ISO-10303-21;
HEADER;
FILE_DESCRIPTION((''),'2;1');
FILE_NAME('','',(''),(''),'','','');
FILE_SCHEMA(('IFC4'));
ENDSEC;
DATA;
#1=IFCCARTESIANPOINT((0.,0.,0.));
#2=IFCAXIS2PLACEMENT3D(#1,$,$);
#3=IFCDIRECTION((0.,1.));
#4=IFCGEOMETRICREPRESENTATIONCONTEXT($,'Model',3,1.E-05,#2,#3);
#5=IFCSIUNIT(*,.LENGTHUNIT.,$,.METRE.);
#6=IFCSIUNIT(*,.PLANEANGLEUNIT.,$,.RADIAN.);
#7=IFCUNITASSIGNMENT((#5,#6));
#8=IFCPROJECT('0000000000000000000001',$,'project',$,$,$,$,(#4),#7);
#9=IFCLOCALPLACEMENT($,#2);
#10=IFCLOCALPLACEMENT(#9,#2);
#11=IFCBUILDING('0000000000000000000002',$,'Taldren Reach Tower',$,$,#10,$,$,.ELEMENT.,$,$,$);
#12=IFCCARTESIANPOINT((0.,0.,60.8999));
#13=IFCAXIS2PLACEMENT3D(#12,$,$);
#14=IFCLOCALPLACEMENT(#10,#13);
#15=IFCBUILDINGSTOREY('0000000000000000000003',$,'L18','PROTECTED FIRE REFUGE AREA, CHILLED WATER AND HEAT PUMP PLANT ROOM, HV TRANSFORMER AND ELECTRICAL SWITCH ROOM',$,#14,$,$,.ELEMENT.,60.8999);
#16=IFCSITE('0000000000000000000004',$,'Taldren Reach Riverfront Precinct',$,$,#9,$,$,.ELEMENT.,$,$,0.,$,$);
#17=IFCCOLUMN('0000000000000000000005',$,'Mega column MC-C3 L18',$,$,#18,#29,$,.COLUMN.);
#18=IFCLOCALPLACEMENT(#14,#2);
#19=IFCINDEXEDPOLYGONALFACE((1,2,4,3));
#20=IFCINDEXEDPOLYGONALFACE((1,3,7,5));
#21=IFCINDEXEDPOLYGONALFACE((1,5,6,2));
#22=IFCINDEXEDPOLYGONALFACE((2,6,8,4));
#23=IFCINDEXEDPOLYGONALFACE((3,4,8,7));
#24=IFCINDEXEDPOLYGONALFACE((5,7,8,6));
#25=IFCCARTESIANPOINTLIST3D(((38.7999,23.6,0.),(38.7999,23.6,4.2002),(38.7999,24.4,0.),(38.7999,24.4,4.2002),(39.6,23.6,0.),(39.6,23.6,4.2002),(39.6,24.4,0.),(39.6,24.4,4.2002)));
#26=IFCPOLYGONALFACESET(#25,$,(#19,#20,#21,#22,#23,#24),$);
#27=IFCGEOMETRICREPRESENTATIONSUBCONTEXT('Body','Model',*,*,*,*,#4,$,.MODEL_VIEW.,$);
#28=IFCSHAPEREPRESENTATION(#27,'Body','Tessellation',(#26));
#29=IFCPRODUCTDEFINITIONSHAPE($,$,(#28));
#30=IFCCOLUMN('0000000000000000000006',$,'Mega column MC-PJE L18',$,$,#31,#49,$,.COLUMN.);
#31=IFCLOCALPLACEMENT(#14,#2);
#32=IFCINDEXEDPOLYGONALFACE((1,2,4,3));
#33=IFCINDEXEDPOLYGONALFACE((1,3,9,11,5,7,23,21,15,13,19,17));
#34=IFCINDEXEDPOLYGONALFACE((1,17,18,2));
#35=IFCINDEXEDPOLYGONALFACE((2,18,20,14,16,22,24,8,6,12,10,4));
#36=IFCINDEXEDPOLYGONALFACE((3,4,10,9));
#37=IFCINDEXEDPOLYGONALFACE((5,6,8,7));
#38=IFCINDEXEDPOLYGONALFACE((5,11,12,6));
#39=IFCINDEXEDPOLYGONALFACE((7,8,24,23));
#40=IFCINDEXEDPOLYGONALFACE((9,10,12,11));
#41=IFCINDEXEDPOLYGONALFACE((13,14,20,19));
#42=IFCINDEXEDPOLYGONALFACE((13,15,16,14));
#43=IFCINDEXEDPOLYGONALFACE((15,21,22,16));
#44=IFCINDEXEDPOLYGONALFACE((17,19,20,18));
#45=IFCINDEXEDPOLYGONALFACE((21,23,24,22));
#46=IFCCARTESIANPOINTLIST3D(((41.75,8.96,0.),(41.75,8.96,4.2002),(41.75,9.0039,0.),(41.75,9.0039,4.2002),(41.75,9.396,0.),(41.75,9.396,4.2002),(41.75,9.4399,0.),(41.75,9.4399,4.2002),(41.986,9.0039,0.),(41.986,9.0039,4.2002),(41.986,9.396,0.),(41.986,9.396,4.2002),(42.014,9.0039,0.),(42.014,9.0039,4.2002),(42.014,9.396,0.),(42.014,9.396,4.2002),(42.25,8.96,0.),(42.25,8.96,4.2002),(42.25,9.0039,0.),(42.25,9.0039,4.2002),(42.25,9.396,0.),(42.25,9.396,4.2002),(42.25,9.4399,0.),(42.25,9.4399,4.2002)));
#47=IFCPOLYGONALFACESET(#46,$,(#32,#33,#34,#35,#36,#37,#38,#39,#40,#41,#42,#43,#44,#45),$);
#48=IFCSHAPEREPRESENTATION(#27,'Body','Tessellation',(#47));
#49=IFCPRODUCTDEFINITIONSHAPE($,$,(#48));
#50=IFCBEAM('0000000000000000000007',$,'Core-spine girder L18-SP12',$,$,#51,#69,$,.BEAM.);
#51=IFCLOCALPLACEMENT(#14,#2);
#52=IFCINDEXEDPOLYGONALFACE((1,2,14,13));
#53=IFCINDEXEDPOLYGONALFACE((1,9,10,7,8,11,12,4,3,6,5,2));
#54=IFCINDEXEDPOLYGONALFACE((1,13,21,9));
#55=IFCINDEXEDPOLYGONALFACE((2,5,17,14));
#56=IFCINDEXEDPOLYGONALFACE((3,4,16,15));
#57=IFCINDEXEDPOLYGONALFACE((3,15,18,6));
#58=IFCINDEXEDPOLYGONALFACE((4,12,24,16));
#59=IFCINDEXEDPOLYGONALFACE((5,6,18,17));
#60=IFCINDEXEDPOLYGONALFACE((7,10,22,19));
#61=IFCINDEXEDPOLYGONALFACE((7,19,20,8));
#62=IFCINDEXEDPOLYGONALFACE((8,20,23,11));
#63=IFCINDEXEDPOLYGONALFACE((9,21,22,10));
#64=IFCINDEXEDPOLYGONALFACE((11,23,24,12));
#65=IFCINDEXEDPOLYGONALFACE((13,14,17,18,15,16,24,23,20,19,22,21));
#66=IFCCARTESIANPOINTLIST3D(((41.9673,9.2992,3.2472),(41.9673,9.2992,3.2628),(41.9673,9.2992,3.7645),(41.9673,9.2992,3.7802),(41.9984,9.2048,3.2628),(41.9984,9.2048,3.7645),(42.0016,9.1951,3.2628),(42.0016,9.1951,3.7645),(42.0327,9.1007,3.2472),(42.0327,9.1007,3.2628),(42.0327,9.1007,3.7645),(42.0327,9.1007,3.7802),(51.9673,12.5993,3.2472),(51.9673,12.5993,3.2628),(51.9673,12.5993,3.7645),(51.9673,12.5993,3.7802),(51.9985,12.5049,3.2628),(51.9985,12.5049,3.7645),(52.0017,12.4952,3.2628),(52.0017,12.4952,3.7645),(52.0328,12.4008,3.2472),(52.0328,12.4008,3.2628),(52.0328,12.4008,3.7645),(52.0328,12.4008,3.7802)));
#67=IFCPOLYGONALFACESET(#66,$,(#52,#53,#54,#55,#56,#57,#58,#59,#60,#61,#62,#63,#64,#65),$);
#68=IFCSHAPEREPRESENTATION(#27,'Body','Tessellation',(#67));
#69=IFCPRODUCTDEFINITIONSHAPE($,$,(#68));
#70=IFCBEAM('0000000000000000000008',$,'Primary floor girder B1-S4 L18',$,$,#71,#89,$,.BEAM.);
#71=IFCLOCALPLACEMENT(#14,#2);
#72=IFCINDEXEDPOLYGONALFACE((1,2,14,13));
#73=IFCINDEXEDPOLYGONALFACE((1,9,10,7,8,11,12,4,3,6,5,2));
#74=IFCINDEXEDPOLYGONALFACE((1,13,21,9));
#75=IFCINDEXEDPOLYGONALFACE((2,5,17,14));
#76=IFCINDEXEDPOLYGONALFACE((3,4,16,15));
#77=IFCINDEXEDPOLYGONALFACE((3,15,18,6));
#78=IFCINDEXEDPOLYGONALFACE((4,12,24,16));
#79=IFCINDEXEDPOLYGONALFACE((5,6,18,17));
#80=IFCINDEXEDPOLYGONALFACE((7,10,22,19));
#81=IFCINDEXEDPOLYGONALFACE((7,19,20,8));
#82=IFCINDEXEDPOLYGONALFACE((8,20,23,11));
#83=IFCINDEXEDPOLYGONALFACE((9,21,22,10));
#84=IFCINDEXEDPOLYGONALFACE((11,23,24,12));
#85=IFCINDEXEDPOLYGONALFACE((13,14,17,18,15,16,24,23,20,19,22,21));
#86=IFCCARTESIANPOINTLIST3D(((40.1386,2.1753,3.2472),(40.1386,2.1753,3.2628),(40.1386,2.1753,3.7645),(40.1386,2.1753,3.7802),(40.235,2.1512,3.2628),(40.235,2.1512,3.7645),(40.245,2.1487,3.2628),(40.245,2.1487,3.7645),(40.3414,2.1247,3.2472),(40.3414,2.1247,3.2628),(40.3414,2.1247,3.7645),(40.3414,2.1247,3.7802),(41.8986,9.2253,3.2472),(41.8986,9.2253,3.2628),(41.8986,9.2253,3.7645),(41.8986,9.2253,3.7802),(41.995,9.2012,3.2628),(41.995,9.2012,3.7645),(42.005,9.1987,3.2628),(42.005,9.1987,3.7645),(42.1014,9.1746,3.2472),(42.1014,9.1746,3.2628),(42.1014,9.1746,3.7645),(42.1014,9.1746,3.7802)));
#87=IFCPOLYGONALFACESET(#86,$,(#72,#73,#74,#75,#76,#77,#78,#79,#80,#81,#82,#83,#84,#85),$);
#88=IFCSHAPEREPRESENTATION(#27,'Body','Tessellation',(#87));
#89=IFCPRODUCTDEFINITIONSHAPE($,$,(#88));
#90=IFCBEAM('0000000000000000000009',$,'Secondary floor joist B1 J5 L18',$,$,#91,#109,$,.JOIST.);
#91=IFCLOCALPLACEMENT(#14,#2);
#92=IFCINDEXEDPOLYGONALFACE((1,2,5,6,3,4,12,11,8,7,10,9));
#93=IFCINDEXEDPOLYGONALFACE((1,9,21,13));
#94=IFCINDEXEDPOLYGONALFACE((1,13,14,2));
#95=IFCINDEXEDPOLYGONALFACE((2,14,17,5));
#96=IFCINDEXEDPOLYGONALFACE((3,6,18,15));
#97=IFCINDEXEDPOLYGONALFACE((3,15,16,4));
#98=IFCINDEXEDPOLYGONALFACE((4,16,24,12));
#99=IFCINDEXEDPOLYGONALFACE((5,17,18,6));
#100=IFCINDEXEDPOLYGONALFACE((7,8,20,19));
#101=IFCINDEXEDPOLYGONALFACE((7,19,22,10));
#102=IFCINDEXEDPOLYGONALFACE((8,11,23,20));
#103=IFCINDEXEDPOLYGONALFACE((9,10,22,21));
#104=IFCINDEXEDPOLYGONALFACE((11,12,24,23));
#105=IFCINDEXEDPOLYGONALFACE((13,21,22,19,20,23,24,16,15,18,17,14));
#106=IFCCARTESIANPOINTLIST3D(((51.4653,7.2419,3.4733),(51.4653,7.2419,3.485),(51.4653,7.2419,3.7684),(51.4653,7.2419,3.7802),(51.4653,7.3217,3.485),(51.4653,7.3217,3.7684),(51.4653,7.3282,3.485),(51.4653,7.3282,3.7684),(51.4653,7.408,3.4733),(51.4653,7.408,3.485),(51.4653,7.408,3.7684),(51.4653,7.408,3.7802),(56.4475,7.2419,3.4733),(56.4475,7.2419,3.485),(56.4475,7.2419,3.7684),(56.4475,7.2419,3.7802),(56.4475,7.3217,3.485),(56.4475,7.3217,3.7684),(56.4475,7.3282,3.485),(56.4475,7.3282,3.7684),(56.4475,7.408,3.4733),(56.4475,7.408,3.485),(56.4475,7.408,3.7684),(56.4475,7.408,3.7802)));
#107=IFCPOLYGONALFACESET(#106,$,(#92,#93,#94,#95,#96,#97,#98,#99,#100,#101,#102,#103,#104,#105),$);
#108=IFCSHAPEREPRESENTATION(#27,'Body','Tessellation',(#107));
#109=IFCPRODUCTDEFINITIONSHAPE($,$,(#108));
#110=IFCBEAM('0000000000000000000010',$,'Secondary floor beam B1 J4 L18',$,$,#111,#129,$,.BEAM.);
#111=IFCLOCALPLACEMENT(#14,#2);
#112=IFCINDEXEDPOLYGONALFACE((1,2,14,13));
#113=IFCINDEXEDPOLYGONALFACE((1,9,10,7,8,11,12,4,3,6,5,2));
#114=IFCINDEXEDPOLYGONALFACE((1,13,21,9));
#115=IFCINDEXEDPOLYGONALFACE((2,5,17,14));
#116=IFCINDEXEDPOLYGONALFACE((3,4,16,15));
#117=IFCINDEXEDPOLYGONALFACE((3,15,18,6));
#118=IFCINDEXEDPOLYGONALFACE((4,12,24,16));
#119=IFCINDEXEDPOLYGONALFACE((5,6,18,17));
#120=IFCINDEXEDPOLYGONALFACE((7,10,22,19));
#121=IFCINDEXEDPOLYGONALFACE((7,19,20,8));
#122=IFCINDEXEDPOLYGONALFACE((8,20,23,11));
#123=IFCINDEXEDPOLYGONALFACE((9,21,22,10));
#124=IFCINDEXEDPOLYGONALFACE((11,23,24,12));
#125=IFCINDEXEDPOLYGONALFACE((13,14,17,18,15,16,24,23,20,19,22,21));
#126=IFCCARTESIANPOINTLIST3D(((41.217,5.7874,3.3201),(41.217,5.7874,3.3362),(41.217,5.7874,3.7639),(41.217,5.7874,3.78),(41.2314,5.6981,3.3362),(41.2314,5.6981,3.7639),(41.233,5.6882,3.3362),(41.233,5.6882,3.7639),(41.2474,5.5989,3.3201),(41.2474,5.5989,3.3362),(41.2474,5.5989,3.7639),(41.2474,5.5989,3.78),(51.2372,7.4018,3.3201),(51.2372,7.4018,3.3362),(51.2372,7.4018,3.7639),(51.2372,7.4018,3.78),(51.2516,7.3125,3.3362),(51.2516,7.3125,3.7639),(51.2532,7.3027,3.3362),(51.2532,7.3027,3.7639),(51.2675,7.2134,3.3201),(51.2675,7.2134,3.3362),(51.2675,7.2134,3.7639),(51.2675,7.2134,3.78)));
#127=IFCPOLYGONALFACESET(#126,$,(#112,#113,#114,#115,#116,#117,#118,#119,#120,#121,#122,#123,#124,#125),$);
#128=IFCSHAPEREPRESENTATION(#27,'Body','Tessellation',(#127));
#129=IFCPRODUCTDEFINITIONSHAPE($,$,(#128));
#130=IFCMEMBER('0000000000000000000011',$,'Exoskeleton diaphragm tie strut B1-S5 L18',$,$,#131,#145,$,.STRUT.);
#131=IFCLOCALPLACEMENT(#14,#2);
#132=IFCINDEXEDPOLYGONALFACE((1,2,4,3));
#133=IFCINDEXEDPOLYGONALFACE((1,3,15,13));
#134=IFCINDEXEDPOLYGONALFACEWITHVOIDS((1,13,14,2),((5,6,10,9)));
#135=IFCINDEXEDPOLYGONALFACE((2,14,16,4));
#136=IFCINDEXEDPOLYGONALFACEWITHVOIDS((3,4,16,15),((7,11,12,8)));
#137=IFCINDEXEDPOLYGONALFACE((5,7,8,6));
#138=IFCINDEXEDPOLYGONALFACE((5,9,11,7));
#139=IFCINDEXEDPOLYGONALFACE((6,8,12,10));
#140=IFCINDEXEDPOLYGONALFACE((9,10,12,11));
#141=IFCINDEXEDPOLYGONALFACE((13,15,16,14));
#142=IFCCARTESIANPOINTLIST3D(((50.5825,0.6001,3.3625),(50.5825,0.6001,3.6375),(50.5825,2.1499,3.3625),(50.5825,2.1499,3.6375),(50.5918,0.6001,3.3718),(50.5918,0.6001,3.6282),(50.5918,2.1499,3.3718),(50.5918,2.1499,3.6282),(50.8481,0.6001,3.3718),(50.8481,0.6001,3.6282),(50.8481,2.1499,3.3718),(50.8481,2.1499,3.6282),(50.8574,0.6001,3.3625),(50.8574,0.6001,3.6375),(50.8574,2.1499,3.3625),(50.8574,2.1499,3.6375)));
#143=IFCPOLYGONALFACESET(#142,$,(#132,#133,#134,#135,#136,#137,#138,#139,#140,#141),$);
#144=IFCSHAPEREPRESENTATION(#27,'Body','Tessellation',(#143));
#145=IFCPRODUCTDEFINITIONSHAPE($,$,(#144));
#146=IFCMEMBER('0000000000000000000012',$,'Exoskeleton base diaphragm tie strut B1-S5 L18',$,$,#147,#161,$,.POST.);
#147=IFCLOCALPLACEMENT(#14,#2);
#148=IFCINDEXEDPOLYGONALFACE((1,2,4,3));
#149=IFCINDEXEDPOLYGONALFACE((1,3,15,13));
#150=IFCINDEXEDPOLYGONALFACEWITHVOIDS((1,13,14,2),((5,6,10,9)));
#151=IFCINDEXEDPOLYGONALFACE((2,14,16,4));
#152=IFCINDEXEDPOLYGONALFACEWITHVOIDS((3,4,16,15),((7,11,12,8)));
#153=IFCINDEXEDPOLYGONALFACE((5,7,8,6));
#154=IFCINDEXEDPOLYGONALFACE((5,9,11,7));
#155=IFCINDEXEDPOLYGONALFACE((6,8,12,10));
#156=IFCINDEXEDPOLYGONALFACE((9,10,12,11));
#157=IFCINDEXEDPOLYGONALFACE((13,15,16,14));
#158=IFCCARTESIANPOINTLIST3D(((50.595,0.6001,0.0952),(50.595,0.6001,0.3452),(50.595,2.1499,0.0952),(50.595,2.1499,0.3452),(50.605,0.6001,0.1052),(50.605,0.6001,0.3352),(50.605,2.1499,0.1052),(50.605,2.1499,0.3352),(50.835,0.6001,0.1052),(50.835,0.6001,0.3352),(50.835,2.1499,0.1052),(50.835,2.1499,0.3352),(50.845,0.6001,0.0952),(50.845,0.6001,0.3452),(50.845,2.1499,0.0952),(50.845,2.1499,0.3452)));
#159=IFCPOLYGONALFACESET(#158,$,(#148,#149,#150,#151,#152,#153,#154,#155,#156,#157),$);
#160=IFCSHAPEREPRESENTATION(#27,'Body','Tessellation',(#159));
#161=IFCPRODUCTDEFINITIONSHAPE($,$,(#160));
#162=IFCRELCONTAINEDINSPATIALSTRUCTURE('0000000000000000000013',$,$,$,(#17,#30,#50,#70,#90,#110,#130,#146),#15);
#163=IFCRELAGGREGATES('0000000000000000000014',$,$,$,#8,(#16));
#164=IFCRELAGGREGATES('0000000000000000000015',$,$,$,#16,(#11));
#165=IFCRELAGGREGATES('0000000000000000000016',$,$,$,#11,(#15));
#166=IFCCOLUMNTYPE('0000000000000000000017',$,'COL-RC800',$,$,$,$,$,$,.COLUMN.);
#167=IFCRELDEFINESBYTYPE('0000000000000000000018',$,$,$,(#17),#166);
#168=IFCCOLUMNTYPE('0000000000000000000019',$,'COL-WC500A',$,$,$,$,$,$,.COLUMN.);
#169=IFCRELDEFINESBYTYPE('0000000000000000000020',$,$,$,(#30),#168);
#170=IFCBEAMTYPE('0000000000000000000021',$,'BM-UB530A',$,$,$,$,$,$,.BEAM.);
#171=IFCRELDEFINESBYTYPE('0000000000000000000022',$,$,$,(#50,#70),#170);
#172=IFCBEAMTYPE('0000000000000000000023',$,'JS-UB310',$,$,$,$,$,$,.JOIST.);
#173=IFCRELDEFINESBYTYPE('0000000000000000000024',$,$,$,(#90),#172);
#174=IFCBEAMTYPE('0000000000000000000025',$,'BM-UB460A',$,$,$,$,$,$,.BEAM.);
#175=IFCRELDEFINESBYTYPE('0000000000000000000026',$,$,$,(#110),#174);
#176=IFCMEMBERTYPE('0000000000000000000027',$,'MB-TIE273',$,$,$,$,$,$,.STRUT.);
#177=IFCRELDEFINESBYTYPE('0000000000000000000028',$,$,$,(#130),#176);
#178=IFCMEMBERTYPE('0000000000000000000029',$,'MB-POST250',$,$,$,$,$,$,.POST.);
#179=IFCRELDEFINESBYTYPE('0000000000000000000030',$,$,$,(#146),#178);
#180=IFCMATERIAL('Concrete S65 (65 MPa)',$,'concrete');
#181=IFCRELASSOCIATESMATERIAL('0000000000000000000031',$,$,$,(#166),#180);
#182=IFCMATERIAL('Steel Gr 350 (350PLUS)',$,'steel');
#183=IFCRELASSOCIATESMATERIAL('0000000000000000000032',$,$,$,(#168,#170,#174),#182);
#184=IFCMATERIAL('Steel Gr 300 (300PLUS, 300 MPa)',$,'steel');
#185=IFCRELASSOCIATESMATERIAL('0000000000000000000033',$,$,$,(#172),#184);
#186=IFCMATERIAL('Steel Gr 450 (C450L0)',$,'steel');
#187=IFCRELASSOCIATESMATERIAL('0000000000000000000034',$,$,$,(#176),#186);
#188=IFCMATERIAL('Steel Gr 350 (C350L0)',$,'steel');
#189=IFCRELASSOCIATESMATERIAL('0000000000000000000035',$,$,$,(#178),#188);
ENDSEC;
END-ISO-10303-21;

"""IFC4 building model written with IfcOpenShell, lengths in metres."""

from ifc_helpers import new_model, si_unit, direction, frame, origin, origin_2d, place, context, subcontext, project, spatial, rectangle, hollow_rectangle, i_section, extrude, source, transform, mapped, material, material_profile, profile_set, type_object, element, save


model = new_model("IFC4")

# Units and contexts
model_context = context("Model", 3, precision=1e-05, world=origin(), true_north=direction((0.0, 1.0)))
body_context = subcontext(model_context, "Body", "Model", "MODEL_VIEW")
ifc_project = project(units=[si_unit("LENGTHUNIT", "METRE"), si_unit("PLANEANGLEUNIT", "RADIAN")], contexts=[model_context])

# Site, building, storey
site_placement = place(None, origin())
site = spatial("IfcSite", under=ifc_project, at=site_placement, Name="Taldren Reach Riverfront Precinct", CompositionType="ELEMENT", RefElevation=0.0)
building_placement = place(site_placement, origin())
building = spatial("IfcBuilding", under=site, at=building_placement, Name="Taldren Reach Tower", CompositionType="ELEMENT")
storey_placement = place(building_placement, frame((0.0, 0.0, 60.8999)))
storey = spatial("IfcBuildingStorey", under=building, at=storey_placement, Name="L18", Description="PROTECTED FIRE REFUGE AREA, CHILLED WATER AND HEAT PUMP PLANT ROOM, HV TRANSFORMER AND ELECTRICAL SWITCH ROOM", CompositionType="ELEMENT", Elevation=60.8999)

# Columns
ifc_material_1 = material(Name="Concrete S65 (65 MPa)", Category="concrete")
ifc_material_profile_1 = material_profile(ifc_material_1, rectangle(XDim=0.8, YDim=0.8, at=origin_2d()), Name="RC-800x800")
ifc_profile_set_1 = profile_set([ifc_material_profile_1], Name="Concrete S65 (65 MPa)")
column_type_1 = type_object("IfcColumnType", Name="COL-RC800", PredefinedType="COLUMN", material=ifc_profile_set_1)
shared_shape_1 = source(origin(), body_context, "Body", "SweptSolid", [
    extrude(rectangle(XDim=0.8, YDim=0.8, at=origin_2d()), origin(), (0.0, 0.0, 1.0), 4.2002),
])
column_1_placement = place(storey_placement, frame((39.2, 24.0, 0.0), z_axis=(0.0, 0.0, 1.0), x_axis=(1.0, 0.0, 0.0)))
element("IfcColumn", 1, at=column_1_placement, inside=storey, type_object=column_type_1, Name="Mega column MC-C3 L18", PredefinedType="COLUMN", context=body_context, shape_type="MappedRepresentation", body=[
    mapped(shared_shape_1, transform((0.0, 0.0, 0.0), scale=1.0)),
])
ifc_material_2 = material(Name="Steel Gr 350 (350PLUS)", Category="steel")
ifc_material_profile_2 = material_profile(ifc_material_2, i_section(OverallWidth=0.5, OverallDepth=0.48, WebThickness=0.0281, FlangeThickness=0.0439, at=origin_2d()), Name="500WC440")
ifc_profile_set_2 = profile_set([ifc_material_profile_2], Name="Steel Gr 350 (350PLUS)")
column_type_2 = type_object("IfcColumnType", Name="COL-WC500A", PredefinedType="COLUMN", material=ifc_profile_set_2)
shared_shape_2 = source(origin(), body_context, "Body", "SweptSolid", [
    extrude(i_section(OverallWidth=0.5, OverallDepth=0.48, WebThickness=0.0281, FlangeThickness=0.0439, at=origin_2d()), origin(), (0.0, 0.0, 1.0), 4.2002),
])
column_2_placement = place(storey_placement, frame((42.0, 9.2, 0.0), z_axis=(0.0, 0.0, 1.0), x_axis=(1.0, 0.0, 0.0)))
element("IfcColumn", 2, at=column_2_placement, inside=storey, type_object=column_type_2, Name="Mega column MC-PJE L18", PredefinedType="COLUMN", context=body_context, shape_type="MappedRepresentation", body=[
    mapped(shared_shape_2, transform((0.0, 0.0, 0.0), scale=1.0)),
])

# Beams
ifc_material_profile_3 = material_profile(ifc_material_2, i_section(OverallWidth=0.209, OverallDepth=0.533, WebThickness=0.0103, FlangeThickness=0.0156, at=origin_2d()), Name="530UB92.4")
ifc_profile_set_3 = profile_set([ifc_material_profile_3], Name="Steel Gr 350 (350PLUS)")
beam_type_1 = type_object("IfcBeamType", Name="BM-UB530A", PredefinedType="BEAM", material=ifc_profile_set_3)
shared_shape_3 = source(origin(), body_context, "Body", "SweptSolid", [
    extrude(i_section(OverallWidth=0.209, OverallDepth=0.533, WebThickness=0.0103, FlangeThickness=0.0156, at=origin_2d()), origin(), (0.0, 0.0, 1.0), 10.5305),
])
beam_1_placement = place(storey_placement, frame((42.0, 9.2, 3.5137), z_axis=(0.949627, 0.313382, 0.0), x_axis=(-0.313382, 0.949627, 0.0)))
element("IfcBeam", 3, at=beam_1_placement, inside=storey, type_object=beam_type_1, Name="Core-spine girder L18-SP12", PredefinedType="BEAM", context=body_context, shape_type="MappedRepresentation", body=[
    mapped(shared_shape_3, transform((0.0, 0.0, 0.0), scale=1.0)),
])
shared_shape_4 = source(origin(), body_context, "Body", "SweptSolid", [
    extrude(i_section(OverallWidth=0.209, OverallDepth=0.533, WebThickness=0.0103, FlangeThickness=0.0156, at=origin_2d()), origin(), (0.0, 0.0, 1.0), 7.2664),
])
beam_2_placement = place(storey_placement, frame((42.0, 9.2, 3.5137), z_axis=(-0.242211, -0.970223, 0.0), x_axis=(0.970223, -0.242211, 0.0)))
element("IfcBeam", 4, at=beam_2_placement, inside=storey, type_object=beam_type_1, Name="Primary floor girder B1-S4 L18", PredefinedType="BEAM", context=body_context, shape_type="MappedRepresentation", body=[
    mapped(shared_shape_4, transform((0.0, 0.0, 0.0), scale=1.0)),
])
ifc_material_3 = material(Name="Steel Gr 300 (300PLUS, 300 MPa)", Category="steel")
ifc_material_profile_4 = material_profile(ifc_material_3, i_section(OverallWidth=0.166, OverallDepth=0.3069, WebThickness=0.0066, FlangeThickness=0.0117, at=origin_2d()), Name="310UB46.2")
ifc_profile_set_4 = profile_set([ifc_material_profile_4], Name="Steel Gr 300 (300PLUS, 300 MPa)")
beam_type_2 = type_object("IfcBeamType", Name="JS-UB310", PredefinedType="JOIST", material=ifc_profile_set_4)
shared_shape_5 = source(origin(), body_context, "Body", "SweptSolid", [
    extrude(i_section(OverallWidth=0.166, OverallDepth=0.3069, WebThickness=0.0066, FlangeThickness=0.0117, at=origin_2d()), origin(), (0.0, 0.0, 1.0), 4.9822),
])
beam_3_placement = place(storey_placement, frame((51.4653, 7.325, 3.6267), z_axis=(1.0, 0.0, 0.0), x_axis=(0.0, 1.0, 0.0)))
element("IfcBeam", 5, at=beam_3_placement, inside=storey, type_object=beam_type_2, Name="Secondary floor joist B1 J5 L18", PredefinedType="JOIST", context=body_context, shape_type="MappedRepresentation", body=[
    mapped(shared_shape_5, transform((0.0, 0.0, 0.0), scale=1.0)),
])
ifc_material_profile_5 = material_profile(ifc_material_2, i_section(OverallWidth=0.1909, OverallDepth=0.46, WebThickness=0.01, FlangeThickness=0.0161, at=origin_2d()), Name="460UB82.1")
ifc_profile_set_5 = profile_set([ifc_material_profile_5], Name="Steel Gr 350 (350PLUS)")
beam_type_3 = type_object("IfcBeamType", Name="BM-UB460A", PredefinedType="BEAM", material=ifc_profile_set_5)
shared_shape_6 = source(origin(), body_context, "Body", "SweptSolid", [
    extrude(i_section(OverallWidth=0.1909, OverallDepth=0.46, WebThickness=0.01, FlangeThickness=0.0161, at=origin_2d()), origin(), (0.0, 0.0, 1.0), 10.1494),
])
beam_4_placement = place(storey_placement, frame((41.2322, 5.6931, 3.55), z_axis=(0.987267, 0.159072, 0.0), x_axis=(-0.159072, 0.987267, 0.0)))
element("IfcBeam", 6, at=beam_4_placement, inside=storey, type_object=beam_type_3, Name="Secondary floor beam B1 J4 L18", PredefinedType="BEAM", context=body_context, shape_type="MappedRepresentation", body=[
    mapped(shared_shape_6, transform((0.0, 0.0, 0.0), scale=1.0)),
])

# Members
ifc_material_4 = material(Name="Steel Gr 450 (C450L0)", Category="steel")
ifc_material_profile_6 = material_profile(ifc_material_4, hollow_rectangle(XDim=0.2749, YDim=0.2749, WallThickness=0.0093, at=origin_2d()), Name="275x275x9.3SHS")
ifc_profile_set_6 = profile_set([ifc_material_profile_6], Name="Steel Gr 450 (C450L0)")
member_type_1 = type_object("IfcMemberType", Name="MB-TIE273", PredefinedType="STRUT", material=ifc_profile_set_6)
shared_shape_7 = source(origin(), body_context, "Body", "SweptSolid", [
    extrude(hollow_rectangle(XDim=0.2749, YDim=0.2749, WallThickness=0.0093, at=origin_2d()), origin(), (0.0, 0.0, 1.0), 1.5498),
])
member_1_placement = place(storey_placement, frame((50.72, 2.1499, 3.5), z_axis=(0.0, -1.0, 0.0), x_axis=(1.0, 0.0, 0.0)))
element("IfcMember", 7, at=member_1_placement, inside=storey, type_object=member_type_1, Name="Exoskeleton diaphragm tie strut B1-S5 L18", PredefinedType="STRUT", context=body_context, shape_type="MappedRepresentation", body=[
    mapped(shared_shape_7, transform((0.0, 0.0, 0.0), scale=1.0)),
])
ifc_material_5 = material(Name="Steel Gr 350 (C350L0)", Category="steel")
ifc_material_profile_7 = material_profile(ifc_material_5, hollow_rectangle(XDim=0.25, YDim=0.25, WallThickness=0.01, at=origin_2d()), Name="250x250x10.0SHS")
ifc_profile_set_7 = profile_set([ifc_material_profile_7], Name="Steel Gr 350 (C350L0)")
member_type_2 = type_object("IfcMemberType", Name="MB-POST250", PredefinedType="POST", material=ifc_profile_set_7)
shared_shape_8 = source(origin(), body_context, "Body", "SweptSolid", [
    extrude(hollow_rectangle(XDim=0.25, YDim=0.25, WallThickness=0.01, at=origin_2d()), origin(), (0.0, 0.0, 1.0), 1.5498),
])
for number, where, z_axis, x_axis, name in (
    (8, (50.72, 2.1499, 0.2202), (0.0, -1.0, 0.0), (1.0, 0.0, 0.0), "Exoskeleton base diaphragm tie strut B1-S5 L18"),
):
    element("IfcMember", number, at=place(storey_placement, frame(where, z_axis=z_axis, x_axis=x_axis)), inside=storey, type_object=member_type_2, Name=name, PredefinedType="POST", context=body_context, shape_type="MappedRepresentation", body=[
        mapped(shared_shape_8, transform((0.0, 0.0, 0.0), scale=1.0)),
    ])

save(model, "model.ifc")
